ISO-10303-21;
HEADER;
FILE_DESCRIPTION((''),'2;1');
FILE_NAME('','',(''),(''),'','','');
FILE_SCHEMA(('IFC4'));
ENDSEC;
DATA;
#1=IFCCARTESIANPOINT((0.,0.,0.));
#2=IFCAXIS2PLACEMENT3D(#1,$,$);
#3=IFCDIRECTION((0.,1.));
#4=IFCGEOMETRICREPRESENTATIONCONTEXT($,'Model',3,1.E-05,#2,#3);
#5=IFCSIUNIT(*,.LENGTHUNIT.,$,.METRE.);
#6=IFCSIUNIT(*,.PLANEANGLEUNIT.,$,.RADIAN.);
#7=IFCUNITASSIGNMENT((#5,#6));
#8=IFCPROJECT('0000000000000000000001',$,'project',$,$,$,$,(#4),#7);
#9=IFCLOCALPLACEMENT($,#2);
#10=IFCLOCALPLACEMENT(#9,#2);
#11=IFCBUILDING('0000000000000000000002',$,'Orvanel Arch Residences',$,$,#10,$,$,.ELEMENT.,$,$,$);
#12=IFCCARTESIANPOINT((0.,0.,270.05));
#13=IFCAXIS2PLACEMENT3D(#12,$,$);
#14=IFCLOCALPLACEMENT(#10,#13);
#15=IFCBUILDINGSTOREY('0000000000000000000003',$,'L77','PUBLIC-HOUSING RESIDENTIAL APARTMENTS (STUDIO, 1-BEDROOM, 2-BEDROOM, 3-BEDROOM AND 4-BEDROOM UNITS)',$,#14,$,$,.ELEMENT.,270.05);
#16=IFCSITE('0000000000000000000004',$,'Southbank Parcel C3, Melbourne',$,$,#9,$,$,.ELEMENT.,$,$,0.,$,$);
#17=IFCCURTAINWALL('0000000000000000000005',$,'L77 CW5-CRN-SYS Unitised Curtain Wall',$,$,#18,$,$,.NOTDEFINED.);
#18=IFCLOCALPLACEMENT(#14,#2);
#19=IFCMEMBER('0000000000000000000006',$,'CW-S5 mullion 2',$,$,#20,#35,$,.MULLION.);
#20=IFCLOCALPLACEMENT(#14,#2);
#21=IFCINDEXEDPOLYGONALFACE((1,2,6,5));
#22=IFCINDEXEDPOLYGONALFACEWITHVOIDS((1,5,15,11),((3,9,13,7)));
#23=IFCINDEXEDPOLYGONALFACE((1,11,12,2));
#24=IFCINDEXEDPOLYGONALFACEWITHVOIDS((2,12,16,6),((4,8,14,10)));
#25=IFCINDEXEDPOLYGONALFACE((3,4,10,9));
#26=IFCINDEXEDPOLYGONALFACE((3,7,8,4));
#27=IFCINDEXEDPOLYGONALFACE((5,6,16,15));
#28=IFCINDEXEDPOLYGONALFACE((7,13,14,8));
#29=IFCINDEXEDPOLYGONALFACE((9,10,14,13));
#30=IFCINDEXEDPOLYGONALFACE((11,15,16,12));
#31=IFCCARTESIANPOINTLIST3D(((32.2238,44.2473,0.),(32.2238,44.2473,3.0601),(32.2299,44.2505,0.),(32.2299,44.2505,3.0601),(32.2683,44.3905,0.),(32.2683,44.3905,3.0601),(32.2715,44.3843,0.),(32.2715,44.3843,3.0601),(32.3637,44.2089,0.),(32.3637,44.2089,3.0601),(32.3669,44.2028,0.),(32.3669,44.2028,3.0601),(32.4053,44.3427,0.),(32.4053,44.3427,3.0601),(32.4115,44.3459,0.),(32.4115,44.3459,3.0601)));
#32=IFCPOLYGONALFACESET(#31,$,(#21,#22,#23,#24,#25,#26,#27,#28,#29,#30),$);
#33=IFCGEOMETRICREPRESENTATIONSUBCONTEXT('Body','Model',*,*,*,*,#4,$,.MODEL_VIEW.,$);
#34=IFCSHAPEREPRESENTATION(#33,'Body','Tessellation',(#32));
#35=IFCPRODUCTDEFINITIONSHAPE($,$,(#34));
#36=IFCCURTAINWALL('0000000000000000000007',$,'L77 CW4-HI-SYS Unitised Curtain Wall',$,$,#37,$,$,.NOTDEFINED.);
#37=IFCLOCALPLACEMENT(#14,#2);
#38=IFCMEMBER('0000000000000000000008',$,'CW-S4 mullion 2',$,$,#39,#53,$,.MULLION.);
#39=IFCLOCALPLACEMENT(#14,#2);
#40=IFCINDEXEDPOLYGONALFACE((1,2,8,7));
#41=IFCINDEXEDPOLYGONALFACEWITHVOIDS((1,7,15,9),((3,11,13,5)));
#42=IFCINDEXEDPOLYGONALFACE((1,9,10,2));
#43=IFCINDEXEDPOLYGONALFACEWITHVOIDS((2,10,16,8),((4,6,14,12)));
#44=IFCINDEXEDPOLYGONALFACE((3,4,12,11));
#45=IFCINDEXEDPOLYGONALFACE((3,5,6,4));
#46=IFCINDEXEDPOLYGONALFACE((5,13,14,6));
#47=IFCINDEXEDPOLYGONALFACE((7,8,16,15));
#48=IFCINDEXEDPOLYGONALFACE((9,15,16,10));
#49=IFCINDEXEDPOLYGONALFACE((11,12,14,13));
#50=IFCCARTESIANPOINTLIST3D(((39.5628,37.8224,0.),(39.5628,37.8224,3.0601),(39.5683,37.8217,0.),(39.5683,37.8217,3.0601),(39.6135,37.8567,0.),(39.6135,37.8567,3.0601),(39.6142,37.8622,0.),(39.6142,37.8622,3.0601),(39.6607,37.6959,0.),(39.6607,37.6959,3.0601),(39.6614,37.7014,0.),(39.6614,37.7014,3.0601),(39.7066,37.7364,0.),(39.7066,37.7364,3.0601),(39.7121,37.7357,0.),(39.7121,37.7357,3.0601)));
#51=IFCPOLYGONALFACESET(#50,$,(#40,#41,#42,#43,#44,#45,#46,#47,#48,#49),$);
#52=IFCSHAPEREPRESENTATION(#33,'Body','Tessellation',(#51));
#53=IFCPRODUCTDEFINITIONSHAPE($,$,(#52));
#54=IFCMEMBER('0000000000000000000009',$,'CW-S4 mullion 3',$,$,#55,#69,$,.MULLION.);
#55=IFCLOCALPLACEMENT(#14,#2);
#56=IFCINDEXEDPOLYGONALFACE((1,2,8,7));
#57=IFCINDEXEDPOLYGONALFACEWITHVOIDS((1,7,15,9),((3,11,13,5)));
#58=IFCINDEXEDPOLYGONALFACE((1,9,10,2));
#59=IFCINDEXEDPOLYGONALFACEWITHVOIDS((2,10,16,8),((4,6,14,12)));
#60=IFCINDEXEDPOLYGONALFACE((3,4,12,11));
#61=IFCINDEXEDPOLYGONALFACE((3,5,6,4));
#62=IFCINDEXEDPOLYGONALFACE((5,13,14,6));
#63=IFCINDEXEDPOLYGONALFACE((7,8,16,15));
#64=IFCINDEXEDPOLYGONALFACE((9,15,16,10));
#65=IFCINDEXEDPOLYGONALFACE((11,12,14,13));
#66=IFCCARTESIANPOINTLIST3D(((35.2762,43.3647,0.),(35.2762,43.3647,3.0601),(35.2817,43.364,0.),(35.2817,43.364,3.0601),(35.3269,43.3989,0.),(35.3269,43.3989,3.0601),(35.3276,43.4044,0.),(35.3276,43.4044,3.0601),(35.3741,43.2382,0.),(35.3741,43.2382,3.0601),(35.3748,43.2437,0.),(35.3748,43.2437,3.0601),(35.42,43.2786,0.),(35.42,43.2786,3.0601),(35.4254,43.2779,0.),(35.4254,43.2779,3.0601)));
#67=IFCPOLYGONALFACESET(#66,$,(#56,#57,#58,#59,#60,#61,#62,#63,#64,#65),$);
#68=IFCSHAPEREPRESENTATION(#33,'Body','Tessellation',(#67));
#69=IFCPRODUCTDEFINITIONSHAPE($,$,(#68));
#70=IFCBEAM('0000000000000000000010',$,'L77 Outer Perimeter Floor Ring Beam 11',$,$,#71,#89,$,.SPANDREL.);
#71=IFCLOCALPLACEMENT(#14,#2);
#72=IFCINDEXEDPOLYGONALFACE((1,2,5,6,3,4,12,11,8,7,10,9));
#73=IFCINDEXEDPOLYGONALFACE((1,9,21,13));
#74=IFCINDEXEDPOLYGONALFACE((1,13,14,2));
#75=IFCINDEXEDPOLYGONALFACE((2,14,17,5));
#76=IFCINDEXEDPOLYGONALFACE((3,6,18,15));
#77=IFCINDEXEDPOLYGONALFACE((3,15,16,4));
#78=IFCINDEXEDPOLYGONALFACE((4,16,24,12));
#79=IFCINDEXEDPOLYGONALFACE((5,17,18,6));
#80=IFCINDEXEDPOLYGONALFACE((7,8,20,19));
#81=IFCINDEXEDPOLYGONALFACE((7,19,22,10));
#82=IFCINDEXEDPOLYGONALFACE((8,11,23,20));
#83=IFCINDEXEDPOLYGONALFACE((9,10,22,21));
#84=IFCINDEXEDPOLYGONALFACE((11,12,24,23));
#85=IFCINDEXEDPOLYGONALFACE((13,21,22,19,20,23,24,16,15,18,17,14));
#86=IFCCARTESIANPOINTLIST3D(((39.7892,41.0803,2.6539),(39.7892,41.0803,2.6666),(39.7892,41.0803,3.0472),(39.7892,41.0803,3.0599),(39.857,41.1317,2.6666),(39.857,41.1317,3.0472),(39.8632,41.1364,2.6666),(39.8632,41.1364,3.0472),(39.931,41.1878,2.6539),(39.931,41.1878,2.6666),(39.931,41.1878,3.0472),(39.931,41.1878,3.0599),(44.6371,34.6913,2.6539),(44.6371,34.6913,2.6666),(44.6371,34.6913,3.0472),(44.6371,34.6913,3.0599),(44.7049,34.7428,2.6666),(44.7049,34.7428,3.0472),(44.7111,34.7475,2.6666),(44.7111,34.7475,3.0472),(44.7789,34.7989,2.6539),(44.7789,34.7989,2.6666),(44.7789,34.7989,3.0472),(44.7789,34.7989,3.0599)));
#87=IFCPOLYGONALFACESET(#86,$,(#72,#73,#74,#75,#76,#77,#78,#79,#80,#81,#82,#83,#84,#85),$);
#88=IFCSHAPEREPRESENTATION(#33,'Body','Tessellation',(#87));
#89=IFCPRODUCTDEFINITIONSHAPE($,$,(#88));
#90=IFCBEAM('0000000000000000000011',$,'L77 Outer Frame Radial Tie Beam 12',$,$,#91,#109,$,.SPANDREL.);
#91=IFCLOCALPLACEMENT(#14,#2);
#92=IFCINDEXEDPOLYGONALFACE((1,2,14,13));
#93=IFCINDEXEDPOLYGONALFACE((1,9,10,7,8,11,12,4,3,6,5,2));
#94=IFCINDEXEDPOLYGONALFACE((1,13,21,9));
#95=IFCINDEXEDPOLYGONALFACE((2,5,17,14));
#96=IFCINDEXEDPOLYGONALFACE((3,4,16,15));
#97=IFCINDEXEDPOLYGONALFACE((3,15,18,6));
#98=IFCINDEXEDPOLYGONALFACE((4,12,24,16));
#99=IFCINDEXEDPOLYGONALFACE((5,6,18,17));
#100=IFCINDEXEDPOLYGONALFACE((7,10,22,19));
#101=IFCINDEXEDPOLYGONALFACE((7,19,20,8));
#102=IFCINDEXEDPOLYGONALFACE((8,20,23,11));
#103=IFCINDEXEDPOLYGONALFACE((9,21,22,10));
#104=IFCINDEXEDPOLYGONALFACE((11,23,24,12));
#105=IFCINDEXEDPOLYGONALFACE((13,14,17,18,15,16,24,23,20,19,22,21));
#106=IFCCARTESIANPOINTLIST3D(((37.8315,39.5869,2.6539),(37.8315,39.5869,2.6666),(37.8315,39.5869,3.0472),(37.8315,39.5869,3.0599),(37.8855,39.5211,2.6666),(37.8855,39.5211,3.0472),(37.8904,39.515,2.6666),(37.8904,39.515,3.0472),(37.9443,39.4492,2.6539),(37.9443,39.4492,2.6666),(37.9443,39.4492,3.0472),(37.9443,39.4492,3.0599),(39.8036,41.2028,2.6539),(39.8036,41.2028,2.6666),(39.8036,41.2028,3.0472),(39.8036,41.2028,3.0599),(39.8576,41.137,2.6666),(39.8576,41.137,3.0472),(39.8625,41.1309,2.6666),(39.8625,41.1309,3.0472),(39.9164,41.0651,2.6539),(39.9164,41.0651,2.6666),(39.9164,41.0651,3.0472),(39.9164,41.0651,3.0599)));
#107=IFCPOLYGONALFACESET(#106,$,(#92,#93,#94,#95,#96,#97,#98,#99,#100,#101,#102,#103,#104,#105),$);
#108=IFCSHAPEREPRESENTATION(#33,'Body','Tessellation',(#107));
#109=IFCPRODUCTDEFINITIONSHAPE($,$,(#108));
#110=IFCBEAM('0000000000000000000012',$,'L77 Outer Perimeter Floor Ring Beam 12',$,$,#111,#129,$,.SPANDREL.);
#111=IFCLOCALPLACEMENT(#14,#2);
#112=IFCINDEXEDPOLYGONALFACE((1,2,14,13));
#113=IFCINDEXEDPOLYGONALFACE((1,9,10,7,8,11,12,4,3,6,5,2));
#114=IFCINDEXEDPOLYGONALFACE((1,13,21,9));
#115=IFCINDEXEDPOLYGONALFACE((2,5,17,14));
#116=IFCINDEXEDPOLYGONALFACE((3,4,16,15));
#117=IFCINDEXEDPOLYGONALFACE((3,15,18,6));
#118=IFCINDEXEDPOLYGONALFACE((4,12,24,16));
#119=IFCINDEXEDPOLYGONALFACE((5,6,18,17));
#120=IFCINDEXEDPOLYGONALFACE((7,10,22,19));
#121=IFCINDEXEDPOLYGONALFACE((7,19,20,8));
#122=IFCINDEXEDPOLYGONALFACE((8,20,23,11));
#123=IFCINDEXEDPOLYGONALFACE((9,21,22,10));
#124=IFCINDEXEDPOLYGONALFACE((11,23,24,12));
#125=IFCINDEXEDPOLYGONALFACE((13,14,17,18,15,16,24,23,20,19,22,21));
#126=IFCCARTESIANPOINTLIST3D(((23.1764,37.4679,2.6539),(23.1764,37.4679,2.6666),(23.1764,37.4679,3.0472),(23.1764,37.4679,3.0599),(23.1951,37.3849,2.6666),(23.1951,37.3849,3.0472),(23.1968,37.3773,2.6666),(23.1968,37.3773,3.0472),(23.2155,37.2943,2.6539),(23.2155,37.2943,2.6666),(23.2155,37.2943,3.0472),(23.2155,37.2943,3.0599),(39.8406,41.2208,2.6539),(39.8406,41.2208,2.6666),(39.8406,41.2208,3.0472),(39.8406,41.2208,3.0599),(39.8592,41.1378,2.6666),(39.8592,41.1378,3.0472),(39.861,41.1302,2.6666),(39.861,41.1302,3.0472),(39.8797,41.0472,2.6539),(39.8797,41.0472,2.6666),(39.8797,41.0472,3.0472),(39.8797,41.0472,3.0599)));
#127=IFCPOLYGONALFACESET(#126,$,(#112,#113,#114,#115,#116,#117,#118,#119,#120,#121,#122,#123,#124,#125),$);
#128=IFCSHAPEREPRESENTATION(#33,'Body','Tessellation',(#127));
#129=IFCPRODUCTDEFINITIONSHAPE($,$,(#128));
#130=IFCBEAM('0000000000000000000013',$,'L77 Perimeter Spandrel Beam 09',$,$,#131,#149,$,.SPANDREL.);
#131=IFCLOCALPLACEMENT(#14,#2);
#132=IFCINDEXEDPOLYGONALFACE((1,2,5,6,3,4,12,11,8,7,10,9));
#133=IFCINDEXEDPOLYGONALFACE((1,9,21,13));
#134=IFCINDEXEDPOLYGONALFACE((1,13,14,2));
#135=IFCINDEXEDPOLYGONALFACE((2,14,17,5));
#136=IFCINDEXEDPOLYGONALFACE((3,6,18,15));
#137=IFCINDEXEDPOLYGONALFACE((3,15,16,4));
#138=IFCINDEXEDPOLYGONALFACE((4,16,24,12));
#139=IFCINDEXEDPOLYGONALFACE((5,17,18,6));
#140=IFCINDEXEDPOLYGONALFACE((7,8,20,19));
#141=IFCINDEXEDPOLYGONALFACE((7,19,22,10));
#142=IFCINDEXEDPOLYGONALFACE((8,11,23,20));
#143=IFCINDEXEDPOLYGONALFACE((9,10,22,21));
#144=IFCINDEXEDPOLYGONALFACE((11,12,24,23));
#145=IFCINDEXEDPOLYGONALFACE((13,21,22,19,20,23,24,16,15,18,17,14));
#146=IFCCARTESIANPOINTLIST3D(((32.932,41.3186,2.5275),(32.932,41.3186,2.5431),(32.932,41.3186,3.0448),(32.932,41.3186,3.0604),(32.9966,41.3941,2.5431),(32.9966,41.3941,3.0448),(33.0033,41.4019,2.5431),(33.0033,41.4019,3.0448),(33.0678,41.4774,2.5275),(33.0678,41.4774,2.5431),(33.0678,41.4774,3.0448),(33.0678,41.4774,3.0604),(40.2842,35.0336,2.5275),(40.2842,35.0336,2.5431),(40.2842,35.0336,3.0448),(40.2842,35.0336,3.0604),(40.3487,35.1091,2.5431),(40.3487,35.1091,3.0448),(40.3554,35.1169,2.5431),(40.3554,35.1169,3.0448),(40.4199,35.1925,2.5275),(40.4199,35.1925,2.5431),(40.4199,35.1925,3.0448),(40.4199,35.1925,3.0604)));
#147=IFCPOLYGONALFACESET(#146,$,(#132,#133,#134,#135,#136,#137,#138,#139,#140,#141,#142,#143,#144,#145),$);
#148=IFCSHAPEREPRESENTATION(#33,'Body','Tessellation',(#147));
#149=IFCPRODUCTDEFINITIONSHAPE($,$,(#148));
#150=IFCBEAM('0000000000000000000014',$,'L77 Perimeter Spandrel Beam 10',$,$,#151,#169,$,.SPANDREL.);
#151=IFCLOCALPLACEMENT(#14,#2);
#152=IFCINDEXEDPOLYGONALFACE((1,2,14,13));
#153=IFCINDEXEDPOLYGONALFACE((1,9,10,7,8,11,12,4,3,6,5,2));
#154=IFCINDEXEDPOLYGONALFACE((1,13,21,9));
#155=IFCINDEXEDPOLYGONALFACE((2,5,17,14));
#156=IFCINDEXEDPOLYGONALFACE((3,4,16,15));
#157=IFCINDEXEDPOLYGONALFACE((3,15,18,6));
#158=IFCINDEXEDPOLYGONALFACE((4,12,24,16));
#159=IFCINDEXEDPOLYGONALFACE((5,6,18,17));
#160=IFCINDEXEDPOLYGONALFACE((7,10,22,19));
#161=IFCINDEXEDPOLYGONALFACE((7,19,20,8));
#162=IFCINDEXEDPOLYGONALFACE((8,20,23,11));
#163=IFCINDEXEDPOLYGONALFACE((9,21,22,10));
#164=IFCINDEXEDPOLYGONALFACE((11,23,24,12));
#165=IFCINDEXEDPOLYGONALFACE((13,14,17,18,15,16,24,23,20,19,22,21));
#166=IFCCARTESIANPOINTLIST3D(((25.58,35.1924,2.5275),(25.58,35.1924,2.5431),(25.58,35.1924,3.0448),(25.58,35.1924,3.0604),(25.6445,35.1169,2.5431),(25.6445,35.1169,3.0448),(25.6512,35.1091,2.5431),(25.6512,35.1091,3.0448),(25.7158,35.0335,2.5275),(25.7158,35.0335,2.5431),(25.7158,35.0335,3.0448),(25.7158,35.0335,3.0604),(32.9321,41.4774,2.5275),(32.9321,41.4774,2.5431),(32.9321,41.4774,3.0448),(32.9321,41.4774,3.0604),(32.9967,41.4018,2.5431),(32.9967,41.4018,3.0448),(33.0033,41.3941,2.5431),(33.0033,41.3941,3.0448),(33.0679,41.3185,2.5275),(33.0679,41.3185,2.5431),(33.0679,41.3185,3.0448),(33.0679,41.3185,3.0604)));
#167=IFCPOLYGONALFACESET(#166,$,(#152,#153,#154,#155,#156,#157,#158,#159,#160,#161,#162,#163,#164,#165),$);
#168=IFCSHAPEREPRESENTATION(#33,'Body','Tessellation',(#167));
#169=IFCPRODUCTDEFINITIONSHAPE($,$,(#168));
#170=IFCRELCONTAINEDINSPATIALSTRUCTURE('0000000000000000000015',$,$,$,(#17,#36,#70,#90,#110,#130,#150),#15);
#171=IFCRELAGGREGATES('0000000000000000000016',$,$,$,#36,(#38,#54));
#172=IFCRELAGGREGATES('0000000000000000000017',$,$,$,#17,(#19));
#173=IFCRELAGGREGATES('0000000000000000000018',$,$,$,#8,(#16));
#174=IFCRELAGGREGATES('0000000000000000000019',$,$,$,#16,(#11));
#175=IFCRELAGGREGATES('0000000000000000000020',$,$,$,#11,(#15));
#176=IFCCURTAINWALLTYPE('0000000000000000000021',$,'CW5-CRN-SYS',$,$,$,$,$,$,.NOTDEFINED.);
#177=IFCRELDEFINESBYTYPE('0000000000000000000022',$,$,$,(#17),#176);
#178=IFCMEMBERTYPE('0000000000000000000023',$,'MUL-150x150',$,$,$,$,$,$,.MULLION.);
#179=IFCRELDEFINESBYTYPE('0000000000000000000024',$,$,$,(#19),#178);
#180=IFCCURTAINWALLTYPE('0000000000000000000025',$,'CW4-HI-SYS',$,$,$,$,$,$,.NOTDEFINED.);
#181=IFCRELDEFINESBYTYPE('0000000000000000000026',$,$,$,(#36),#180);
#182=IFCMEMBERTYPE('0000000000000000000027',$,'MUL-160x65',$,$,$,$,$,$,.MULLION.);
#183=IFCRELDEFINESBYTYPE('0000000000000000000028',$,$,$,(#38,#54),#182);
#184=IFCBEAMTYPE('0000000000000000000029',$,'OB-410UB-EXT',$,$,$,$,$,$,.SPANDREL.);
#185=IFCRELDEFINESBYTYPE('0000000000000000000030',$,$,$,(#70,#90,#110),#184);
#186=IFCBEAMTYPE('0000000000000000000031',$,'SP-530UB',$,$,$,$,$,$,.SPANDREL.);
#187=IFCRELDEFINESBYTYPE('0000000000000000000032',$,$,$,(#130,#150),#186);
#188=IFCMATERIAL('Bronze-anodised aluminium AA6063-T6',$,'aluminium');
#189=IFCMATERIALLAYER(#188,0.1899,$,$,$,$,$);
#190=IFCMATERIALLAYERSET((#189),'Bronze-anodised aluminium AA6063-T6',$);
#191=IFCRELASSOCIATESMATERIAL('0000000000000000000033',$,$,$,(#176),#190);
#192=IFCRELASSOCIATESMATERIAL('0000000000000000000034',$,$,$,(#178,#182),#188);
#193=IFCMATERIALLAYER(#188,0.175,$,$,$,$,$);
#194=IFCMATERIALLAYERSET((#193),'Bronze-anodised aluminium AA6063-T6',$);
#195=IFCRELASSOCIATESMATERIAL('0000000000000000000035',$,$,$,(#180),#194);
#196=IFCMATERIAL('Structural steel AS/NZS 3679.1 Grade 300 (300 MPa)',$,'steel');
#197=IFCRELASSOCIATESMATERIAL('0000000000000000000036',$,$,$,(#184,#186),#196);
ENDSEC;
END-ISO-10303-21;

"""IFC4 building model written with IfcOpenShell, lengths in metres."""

from ifc_helpers import new_model, si_unit, direction, frame, origin, origin_2d, place, context, subcontext, project, spatial, hollow_rectangle, i_section, extrude, material, layer, layer_set, material_profile, profile_set, type_object, element, aggregate, save


model = new_model("IFC4")

# Units and contexts
model_context = context("Model", 3, precision=1e-05, world=origin(), true_north=direction((0.0, 1.0)))
body_context = subcontext(model_context, "Body", "Model", "MODEL_VIEW")
ifc_project = project(units=[si_unit("LENGTHUNIT", "METRE"), si_unit("PLANEANGLEUNIT", "RADIAN")], contexts=[model_context])

# Site, building, storey
site_placement = place(None, origin())
site = spatial("IfcSite", under=ifc_project, at=site_placement, Name="Southbank Parcel C3, Melbourne", CompositionType="ELEMENT", RefElevation=0.0)
building_placement = place(site_placement, origin())
building = spatial("IfcBuilding", under=site, at=building_placement, Name="Orvanel Arch Residences", CompositionType="ELEMENT")
storey_placement = place(building_placement, frame((0.0, 0.0, 270.05)))
storey = spatial("IfcBuildingStorey", under=building, at=storey_placement, Name="L77", Description="PUBLIC-HOUSING RESIDENTIAL APARTMENTS (STUDIO, 1-BEDROOM, 2-BEDROOM, 3-BEDROOM AND 4-BEDROOM UNITS)", CompositionType="ELEMENT", Elevation=270.05)

# Shared definitions
ifc_material_1 = material(Name="Structural steel AS/NZS 3679.1 Grade 300 (300 MPa)", Category="steel")

# Curtain walls, members
ifc_material_2 = material(Name="Bronze-anodised aluminium AA6063-T6", Category="aluminium")
ifc_layer_1 = layer(ifc_material_2, 0.1899)
ifc_layer_set_1 = layer_set([ifc_layer_1], Name="Bronze-anodised aluminium AA6063-T6")
curtain_wall_type_1 = type_object("IfcCurtainWallType", Name="CW5-CRN-SYS", PredefinedType="NOTDEFINED", material=ifc_layer_set_1)
curtain_wall_1_placement = place(storey_placement, origin())
curtain_wall_1 = element("IfcCurtainWall", 1, at=curtain_wall_1_placement, inside=storey, type_object=curtain_wall_type_1, Name="L77 CW5-CRN-SYS Unitised Curtain Wall", PredefinedType="NOTDEFINED")
ifc_material_profile_1 = material_profile(ifc_material_2, hollow_rectangle(XDim=0.1499, YDim=0.1499, WallThickness=0.0049, at=origin_2d()), Name="ALU150x150x5")
ifc_profile_set_1 = profile_set([ifc_material_profile_1], Name="Bronze-anodised aluminium AA6063-T6")
member_type_1 = type_object("IfcMemberType", Name="MUL-150x150", PredefinedType="MULLION", material=ifc_profile_set_1)
member_1_placement = place(storey_placement, frame((32.3176, 44.2966, 0.0), z_axis=(0.0, 0.0, 1.0), x_axis=(-0.297029, -0.954869, 0.0)))
member_1 = element("IfcMember", 2, at=member_1_placement, type_object=member_type_1, Name="CW-S5 mullion 2", PredefinedType="MULLION", context=body_context, shape_type="SweptSolid", body=[
    extrude(hollow_rectangle(XDim=0.1499, YDim=0.1499, WallThickness=0.0049, at=origin_2d()), origin(), (0.0, 0.0, 1.0), 3.0601),
])
ifc_layer_2 = layer(ifc_material_2, 0.175)
ifc_layer_set_2 = layer_set([ifc_layer_2], Name="Bronze-anodised aluminium AA6063-T6")
curtain_wall_type_2 = type_object("IfcCurtainWallType", Name="CW4-HI-SYS", PredefinedType="NOTDEFINED", material=ifc_layer_set_2)
curtain_wall_2_placement = place(storey_placement, origin())
curtain_wall_2 = element("IfcCurtainWall", 3, at=curtain_wall_2_placement, inside=storey, type_object=curtain_wall_type_2, Name="L77 CW4-HI-SYS Unitised Curtain Wall", PredefinedType="NOTDEFINED")
ifc_material_profile_2 = material_profile(ifc_material_2, hollow_rectangle(XDim=0.0649, YDim=0.1599, WallThickness=0.0039, at=origin_2d()), Name="ALU160x65x4")
ifc_profile_set_2 = profile_set([ifc_material_profile_2], Name="Bronze-anodised aluminium AA6063-T6")
member_type_2 = type_object("IfcMemberType", Name="MUL-160x65", PredefinedType="MULLION", material=ifc_profile_set_2)
member_2_placement = place(storey_placement, frame((39.6375, 37.7791, 0.0), z_axis=(0.0, 0.0, 1.0), x_axis=(-0.791013, -0.611799, 0.0)))
member_2 = element("IfcMember", 4, at=member_2_placement, type_object=member_type_2, Name="CW-S4 mullion 2", PredefinedType="MULLION", context=body_context, shape_type="SweptSolid", body=[
    extrude(hollow_rectangle(XDim=0.0649, YDim=0.1599, WallThickness=0.0039, at=origin_2d()), origin(), (0.0, 0.0, 1.0), 3.0601),
])
member_3_placement = place(storey_placement, frame((35.3508, 43.3213, 0.0), z_axis=(0.0, 0.0, 1.0), x_axis=(-0.791013, -0.611799, 0.0)))
member_3 = element("IfcMember", 5, at=member_3_placement, type_object=member_type_2, Name="CW-S4 mullion 3", PredefinedType="MULLION", context=body_context, shape_type="SweptSolid", body=[
    extrude(hollow_rectangle(XDim=0.0649, YDim=0.1599, WallThickness=0.0039, at=origin_2d()), origin(), (0.0, 0.0, 1.0), 3.0601),
])

# Beams
ifc_material_profile_3 = material_profile(ifc_material_1, i_section(OverallWidth=0.178, OverallDepth=0.406, WebThickness=0.0078, FlangeThickness=0.0127, at=origin_2d()), Name="410UB59.7")
ifc_profile_set_3 = profile_set([ifc_material_profile_3], Name="Structural steel AS/NZS 3679.1 Grade 300 (300 MPa)")
beam_type_1 = type_object("IfcBeamType", Name="OB-410UB-EXT", PredefinedType="SPANDREL", material=ifc_profile_set_3)
beam_1_placement = place(storey_placement, frame((44.708, 34.7451, 2.8569), z_axis=(-0.604476, 0.796623, 0.0), x_axis=(-0.796623, -0.604476, 0.0)))
element("IfcBeam", 6, at=beam_1_placement, inside=storey, type_object=beam_type_1, Name="L77 Outer Perimeter Floor Ring Beam 11", PredefinedType="SPANDREL", context=body_context, shape_type="SweptSolid", body=[
    extrude(i_section(OverallWidth=0.178, OverallDepth=0.406, WebThickness=0.0078, FlangeThickness=0.0127, at=origin_2d()), origin(), (0.0, 0.0, 1.0), 8.02),
])
beam_2_placement = place(storey_placement, frame((37.8879, 39.5181, 2.8569), z_axis=(0.773501, 0.633796, 0.0), x_axis=(-0.633796, 0.773501, 0.0)))
element("IfcBeam", 7, at=beam_2_placement, inside=storey, type_object=beam_type_1, Name="L77 Outer Frame Radial Tie Beam 12", PredefinedType="SPANDREL", context=body_context, shape_type="SweptSolid", body=[
    extrude(i_section(OverallWidth=0.178, OverallDepth=0.406, WebThickness=0.0078, FlangeThickness=0.0127, at=origin_2d()), origin(), (0.0, 0.0, 1.0), 2.5496),
])
beam_3_placement = place(storey_placement, frame((39.8601, 41.134, 2.8569), z_axis=(-0.975566, -0.219708, 0.0), x_axis=(0.219708, -0.975566, 0.0)))
element("IfcBeam", 8, at=beam_3_placement, inside=storey, type_object=beam_type_1, Name="L77 Outer Perimeter Floor Ring Beam 12", PredefinedType="SPANDREL", context=body_context, shape_type="SweptSolid", body=[
    extrude(i_section(OverallWidth=0.178, OverallDepth=0.406, WebThickness=0.0078, FlangeThickness=0.0127, at=origin_2d()), origin(), (0.0, 0.0, 1.0), 17.0815),
])
ifc_material_profile_4 = material_profile(ifc_material_1, i_section(OverallWidth=0.209, OverallDepth=0.533, WebThickness=0.0103, FlangeThickness=0.0156, at=origin_2d()), Name="530UB92.4")
ifc_profile_set_4 = profile_set([ifc_material_profile_4], Name="Structural steel AS/NZS 3679.1 Grade 300 (300 MPa)")
beam_type_2 = type_object("IfcBeamType", Name="SP-530UB", PredefinedType="SPANDREL", material=ifc_profile_set_4)
for number, where, z_axis, x_axis, name in (
    (9, (40.3521, 35.113, 2.7939), (-0.760117, 0.649787, 0.0), (-0.649787, -0.760117, 0.0), "L77 Perimeter Spandrel Beam 09"),
    (10, (33.0, 41.3979, 2.7939), (-0.760117, -0.649787, 0.0), (0.649787, -0.760117, 0.0), "L77 Perimeter Spandrel Beam 10"),
):
    element("IfcBeam", number, at=place(storey_placement, frame(where, z_axis=z_axis, x_axis=x_axis)), inside=storey, type_object=beam_type_2, Name=name, PredefinedType="SPANDREL", context=body_context, shape_type="SweptSolid", body=[
        extrude(i_section(OverallWidth=0.209, OverallDepth=0.533, WebThickness=0.0103, FlangeThickness=0.0156, at=origin_2d()), origin(), (0.0, 0.0, 1.0), 9.6724),
    ])

aggregate(curtain_wall_2, [member_2, member_3])
aggregate(curtain_wall_1, [member_1])

save(model, "model.ifc")
